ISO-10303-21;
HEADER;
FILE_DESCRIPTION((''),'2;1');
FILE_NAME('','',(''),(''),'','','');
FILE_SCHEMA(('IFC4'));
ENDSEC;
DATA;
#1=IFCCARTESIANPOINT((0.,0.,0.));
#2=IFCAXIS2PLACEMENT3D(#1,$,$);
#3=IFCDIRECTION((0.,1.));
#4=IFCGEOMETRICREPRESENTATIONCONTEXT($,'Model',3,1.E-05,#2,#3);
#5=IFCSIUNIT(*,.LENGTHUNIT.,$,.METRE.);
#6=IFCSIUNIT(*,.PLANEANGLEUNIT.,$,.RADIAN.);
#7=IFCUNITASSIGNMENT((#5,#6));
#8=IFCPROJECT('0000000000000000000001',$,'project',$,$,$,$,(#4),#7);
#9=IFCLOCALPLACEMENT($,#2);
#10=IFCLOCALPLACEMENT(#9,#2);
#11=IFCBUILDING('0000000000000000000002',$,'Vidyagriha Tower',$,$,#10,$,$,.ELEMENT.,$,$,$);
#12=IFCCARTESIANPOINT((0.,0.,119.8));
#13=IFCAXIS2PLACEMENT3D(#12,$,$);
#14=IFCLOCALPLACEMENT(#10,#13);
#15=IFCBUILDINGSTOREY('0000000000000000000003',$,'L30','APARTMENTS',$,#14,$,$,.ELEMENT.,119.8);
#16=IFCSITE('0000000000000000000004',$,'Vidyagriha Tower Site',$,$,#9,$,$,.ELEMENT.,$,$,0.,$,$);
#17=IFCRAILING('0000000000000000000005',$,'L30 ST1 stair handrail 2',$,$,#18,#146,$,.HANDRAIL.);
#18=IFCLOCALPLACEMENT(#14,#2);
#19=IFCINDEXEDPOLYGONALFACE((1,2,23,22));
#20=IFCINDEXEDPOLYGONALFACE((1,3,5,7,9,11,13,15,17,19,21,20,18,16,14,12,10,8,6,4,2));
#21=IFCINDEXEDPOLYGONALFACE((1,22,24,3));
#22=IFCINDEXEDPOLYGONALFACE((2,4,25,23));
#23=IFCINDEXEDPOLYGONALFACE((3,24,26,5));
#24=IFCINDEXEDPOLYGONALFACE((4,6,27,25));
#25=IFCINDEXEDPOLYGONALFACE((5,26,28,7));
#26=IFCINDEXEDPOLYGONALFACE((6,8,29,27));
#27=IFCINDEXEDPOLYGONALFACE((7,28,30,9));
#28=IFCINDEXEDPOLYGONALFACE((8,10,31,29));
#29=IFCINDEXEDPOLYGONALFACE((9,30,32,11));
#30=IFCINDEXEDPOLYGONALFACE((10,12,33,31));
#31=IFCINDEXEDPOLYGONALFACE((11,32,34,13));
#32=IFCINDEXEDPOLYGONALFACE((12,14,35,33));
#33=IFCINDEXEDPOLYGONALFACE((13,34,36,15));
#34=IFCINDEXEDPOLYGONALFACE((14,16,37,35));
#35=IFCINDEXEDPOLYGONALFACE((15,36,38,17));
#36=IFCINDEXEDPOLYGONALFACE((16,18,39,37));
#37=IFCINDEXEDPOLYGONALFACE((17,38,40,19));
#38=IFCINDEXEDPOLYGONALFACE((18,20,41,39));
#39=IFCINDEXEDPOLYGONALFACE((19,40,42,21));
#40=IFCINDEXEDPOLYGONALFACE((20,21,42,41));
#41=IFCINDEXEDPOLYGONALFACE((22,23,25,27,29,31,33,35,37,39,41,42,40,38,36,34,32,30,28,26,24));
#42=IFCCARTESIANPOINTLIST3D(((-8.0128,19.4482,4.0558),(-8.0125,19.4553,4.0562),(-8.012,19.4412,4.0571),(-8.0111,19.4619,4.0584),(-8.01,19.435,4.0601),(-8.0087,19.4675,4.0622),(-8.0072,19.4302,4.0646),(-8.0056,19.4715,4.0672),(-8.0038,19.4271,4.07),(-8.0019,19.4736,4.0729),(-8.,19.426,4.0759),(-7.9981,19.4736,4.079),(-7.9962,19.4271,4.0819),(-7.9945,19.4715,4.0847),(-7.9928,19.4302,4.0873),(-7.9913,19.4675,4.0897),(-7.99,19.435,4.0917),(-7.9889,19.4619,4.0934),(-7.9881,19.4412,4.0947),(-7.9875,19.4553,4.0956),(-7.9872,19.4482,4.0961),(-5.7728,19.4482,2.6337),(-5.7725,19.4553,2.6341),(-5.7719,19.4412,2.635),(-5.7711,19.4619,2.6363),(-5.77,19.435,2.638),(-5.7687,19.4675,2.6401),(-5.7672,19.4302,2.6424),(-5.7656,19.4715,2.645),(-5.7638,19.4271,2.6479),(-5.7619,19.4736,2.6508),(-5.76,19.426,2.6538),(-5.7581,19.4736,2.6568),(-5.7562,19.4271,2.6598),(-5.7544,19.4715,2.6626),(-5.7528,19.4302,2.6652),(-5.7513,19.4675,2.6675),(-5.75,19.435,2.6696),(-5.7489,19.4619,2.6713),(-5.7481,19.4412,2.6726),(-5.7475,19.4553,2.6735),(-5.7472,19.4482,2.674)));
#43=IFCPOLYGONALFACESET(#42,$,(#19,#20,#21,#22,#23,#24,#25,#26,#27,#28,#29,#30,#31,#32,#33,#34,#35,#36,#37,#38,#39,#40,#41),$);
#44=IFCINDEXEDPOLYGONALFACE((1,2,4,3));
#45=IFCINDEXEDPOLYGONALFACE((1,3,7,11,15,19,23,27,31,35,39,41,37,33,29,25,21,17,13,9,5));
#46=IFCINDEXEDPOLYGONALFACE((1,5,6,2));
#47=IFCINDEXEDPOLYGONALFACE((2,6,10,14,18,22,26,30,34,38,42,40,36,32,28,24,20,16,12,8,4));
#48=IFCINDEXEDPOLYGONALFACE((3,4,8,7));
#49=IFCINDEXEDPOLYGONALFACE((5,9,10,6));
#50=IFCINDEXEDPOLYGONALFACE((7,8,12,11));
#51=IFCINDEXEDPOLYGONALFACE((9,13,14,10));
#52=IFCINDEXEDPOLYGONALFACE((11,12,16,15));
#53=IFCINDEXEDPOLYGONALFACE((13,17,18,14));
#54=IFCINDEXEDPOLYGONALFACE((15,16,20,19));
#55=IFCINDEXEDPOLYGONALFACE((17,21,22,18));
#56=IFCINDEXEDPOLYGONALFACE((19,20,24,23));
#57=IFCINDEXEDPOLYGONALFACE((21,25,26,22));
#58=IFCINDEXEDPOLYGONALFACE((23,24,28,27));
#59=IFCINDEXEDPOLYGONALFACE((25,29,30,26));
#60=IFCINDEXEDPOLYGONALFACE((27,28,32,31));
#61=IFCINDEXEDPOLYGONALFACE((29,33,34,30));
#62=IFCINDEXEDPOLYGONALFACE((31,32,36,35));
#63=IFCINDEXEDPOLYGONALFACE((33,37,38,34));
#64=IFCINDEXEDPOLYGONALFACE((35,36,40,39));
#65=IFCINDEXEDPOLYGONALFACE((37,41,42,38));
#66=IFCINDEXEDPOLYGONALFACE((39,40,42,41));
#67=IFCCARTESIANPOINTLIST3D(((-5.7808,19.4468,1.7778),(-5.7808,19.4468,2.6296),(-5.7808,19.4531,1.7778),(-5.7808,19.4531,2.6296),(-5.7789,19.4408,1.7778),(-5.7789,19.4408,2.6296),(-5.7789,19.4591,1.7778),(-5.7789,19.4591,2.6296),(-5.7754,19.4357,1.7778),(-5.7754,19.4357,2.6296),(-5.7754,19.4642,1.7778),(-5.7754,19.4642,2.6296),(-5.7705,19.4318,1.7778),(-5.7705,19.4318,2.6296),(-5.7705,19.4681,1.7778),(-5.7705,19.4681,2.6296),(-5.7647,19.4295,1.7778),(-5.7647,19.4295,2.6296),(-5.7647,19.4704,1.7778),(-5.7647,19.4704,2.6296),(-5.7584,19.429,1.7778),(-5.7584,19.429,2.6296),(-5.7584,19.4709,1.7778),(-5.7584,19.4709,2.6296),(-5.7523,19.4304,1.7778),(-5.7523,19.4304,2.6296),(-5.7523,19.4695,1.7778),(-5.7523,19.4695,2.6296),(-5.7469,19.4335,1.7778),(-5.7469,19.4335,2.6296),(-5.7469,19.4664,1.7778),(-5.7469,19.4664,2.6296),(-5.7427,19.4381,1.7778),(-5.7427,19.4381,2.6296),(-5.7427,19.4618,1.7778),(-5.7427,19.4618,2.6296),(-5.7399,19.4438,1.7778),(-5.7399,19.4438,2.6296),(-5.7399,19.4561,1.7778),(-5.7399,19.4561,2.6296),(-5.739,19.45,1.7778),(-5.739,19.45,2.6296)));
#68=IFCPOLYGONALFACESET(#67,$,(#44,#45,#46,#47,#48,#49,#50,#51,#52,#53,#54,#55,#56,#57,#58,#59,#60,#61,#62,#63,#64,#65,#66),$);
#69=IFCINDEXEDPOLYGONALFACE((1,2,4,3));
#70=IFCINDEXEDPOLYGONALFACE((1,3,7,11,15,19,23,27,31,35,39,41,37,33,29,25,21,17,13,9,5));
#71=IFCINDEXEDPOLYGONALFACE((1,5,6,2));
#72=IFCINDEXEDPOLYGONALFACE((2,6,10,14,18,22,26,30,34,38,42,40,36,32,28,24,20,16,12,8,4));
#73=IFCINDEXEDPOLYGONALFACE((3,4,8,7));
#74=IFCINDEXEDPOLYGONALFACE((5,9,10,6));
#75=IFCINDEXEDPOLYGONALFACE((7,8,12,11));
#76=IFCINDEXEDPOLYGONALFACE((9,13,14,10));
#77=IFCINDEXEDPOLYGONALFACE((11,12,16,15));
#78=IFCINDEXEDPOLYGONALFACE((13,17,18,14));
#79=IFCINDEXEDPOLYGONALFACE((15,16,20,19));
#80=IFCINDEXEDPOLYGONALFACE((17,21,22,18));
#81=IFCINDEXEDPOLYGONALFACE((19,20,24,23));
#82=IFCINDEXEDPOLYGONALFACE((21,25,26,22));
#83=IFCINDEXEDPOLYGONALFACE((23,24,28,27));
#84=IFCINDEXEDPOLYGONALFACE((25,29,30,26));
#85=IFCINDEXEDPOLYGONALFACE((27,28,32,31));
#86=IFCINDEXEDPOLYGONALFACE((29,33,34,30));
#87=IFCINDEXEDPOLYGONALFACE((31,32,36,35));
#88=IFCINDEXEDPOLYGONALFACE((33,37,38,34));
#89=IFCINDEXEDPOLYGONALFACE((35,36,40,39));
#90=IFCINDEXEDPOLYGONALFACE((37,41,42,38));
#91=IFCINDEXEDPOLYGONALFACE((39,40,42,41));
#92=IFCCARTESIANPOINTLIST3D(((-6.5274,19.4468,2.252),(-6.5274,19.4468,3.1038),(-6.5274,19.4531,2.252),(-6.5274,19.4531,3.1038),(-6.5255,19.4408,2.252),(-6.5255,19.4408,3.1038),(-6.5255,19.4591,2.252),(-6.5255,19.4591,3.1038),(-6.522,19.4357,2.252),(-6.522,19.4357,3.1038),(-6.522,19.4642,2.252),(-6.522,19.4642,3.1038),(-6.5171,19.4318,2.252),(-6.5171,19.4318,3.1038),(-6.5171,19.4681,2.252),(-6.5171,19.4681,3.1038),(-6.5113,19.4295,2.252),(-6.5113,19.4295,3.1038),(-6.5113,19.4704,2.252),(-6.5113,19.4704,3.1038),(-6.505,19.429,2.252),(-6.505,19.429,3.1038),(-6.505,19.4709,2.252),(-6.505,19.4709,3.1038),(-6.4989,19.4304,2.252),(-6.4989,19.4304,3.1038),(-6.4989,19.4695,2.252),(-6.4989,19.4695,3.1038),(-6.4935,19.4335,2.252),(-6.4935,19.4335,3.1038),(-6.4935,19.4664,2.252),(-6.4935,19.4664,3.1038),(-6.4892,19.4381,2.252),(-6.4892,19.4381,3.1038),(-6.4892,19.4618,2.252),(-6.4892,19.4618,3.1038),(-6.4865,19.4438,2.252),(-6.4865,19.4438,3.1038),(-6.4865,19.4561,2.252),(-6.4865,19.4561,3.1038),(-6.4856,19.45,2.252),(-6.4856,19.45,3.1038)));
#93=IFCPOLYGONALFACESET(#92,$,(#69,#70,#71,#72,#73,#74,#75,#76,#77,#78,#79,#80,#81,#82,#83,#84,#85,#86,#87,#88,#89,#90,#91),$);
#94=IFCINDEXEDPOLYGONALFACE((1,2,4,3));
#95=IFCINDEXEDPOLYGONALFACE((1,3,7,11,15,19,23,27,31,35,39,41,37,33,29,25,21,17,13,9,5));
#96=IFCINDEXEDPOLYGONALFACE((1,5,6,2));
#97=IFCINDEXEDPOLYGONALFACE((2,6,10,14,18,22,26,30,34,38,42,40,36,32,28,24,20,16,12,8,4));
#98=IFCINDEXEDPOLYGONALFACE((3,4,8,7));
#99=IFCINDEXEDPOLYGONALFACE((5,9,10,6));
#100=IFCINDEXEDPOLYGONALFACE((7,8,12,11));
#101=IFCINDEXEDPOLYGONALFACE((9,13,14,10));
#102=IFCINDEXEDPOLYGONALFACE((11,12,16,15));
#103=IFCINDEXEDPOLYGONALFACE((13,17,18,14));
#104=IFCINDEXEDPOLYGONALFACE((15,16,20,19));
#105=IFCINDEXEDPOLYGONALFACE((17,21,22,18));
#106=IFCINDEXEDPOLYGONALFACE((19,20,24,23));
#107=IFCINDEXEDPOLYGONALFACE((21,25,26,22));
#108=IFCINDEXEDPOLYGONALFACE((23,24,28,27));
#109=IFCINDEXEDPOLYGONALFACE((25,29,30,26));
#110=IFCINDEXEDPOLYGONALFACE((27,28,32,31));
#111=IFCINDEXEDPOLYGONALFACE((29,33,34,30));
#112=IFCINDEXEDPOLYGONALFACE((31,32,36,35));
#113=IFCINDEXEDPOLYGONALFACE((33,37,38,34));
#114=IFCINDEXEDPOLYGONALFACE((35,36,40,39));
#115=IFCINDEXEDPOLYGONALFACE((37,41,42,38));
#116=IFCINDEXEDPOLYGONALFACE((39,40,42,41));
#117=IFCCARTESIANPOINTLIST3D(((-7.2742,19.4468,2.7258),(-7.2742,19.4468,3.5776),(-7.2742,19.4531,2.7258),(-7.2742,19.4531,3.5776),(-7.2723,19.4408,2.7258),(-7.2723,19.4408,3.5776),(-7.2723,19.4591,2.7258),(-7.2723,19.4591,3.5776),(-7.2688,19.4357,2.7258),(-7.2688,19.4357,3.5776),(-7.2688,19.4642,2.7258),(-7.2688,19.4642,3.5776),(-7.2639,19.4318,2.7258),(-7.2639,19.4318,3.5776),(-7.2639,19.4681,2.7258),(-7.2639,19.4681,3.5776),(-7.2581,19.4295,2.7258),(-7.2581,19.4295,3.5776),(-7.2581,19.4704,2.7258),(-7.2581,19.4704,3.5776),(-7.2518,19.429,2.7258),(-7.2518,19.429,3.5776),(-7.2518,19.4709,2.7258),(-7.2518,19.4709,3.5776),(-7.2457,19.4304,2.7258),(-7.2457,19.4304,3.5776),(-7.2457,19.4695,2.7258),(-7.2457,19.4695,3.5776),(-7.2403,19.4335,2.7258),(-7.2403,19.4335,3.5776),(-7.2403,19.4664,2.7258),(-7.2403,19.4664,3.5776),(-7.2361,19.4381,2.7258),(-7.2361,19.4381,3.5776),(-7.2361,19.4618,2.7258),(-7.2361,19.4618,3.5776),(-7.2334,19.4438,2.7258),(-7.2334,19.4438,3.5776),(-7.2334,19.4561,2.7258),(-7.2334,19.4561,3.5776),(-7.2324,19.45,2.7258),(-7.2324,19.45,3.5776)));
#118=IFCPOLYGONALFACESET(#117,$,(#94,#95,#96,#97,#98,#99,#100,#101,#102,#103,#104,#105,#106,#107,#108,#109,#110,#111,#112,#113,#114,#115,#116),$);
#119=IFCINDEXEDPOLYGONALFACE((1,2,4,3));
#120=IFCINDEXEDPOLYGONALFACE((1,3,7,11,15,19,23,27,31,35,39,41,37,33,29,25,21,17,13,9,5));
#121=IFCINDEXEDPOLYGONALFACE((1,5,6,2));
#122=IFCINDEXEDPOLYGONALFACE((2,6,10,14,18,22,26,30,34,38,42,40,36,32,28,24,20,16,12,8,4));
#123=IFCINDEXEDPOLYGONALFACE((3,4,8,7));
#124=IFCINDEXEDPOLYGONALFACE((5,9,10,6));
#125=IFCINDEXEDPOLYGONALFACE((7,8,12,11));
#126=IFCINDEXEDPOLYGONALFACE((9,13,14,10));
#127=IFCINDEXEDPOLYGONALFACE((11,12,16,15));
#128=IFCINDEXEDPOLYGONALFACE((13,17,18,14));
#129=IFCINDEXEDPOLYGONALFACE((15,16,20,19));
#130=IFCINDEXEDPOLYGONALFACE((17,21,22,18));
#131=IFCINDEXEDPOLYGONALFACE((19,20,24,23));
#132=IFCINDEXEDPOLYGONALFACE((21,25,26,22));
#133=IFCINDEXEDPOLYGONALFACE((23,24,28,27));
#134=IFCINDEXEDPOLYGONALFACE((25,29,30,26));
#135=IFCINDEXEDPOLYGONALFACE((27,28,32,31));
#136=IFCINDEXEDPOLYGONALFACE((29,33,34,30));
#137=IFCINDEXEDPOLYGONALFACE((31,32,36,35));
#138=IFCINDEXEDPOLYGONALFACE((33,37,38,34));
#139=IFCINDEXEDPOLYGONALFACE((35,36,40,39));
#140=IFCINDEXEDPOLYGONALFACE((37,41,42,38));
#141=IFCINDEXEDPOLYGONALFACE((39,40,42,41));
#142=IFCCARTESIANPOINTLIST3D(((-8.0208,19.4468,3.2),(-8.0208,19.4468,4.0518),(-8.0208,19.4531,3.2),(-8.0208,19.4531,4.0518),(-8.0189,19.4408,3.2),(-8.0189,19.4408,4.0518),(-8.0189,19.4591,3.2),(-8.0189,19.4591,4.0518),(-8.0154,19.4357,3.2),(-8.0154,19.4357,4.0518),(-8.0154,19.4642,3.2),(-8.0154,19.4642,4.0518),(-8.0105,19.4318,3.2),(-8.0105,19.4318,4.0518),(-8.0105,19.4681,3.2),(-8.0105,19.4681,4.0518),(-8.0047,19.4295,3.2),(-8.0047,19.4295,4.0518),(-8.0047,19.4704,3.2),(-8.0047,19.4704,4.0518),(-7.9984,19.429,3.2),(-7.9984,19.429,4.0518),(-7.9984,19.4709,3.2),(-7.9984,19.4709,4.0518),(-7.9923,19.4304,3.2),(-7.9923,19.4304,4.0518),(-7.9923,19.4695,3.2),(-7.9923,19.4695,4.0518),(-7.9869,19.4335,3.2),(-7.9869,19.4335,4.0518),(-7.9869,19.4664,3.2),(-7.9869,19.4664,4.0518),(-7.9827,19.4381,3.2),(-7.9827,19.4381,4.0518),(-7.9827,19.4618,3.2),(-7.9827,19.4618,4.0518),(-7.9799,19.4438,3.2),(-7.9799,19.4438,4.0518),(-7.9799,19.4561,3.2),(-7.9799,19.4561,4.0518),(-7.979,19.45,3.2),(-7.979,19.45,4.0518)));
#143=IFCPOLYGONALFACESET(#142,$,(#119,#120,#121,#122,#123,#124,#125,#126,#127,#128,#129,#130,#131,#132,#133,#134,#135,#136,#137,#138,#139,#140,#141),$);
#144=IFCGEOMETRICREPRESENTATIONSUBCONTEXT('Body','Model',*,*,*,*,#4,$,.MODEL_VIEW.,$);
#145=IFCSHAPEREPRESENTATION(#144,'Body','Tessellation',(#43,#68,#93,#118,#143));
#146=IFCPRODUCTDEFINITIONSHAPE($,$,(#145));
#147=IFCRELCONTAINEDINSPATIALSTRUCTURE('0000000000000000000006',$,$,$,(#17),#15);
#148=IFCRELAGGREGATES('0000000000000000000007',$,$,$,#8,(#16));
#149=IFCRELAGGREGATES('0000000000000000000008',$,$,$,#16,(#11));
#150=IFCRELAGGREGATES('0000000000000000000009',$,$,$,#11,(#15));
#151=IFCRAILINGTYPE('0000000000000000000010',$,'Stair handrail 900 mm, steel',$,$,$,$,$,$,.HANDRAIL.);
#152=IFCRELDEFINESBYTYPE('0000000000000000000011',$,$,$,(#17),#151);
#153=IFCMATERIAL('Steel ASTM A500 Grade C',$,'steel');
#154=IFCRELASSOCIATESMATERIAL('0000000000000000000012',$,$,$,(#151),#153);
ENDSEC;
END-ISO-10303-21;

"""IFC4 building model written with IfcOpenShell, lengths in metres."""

from ifc_helpers import new_model, si_unit, direction, frame, origin, origin_2d, place, context, subcontext, project, spatial, circle, extrude, material, type_object, element, save


model = new_model("IFC4")

# Units and contexts
model_context = context("Model", 3, precision=1e-05, world=origin(), true_north=direction((0.0, 1.0)))
body_context = subcontext(model_context, "Body", "Model", "MODEL_VIEW")
ifc_project = project(units=[si_unit("LENGTHUNIT", "METRE"), si_unit("PLANEANGLEUNIT", "RADIAN")], contexts=[model_context])

# Site, building, storey
site_placement = place(None, origin())
site = spatial("IfcSite", under=ifc_project, at=site_placement, Name="Vidyagriha Tower Site", CompositionType="ELEMENT", RefElevation=0.0)
building_placement = place(site_placement, origin())
building = spatial("IfcBuilding", under=site, at=building_placement, Name="Vidyagriha Tower", CompositionType="ELEMENT")
storey_placement = place(building_placement, frame((0.0, 0.0, 119.8)))
storey = spatial("IfcBuildingStorey", under=building, at=storey_placement, Name="L30", Description="APARTMENTS", CompositionType="ELEMENT", Elevation=119.8)

# Railing
ifc_material_1 = material(Name="Steel ASTM A500 Grade C", Category="steel")
railing_type_1 = type_object("IfcRailingType", Name="Stair handrail 900 mm, steel", PredefinedType="HANDRAIL", material=ifc_material_1)
railing_1_placement = place(storey_placement, frame((-5.76, 19.45, 1.7778)))
element("IfcRailing", 1, at=railing_1_placement, inside=storey, type_object=railing_type_1, Name="L30 ST1 stair handrail 2", PredefinedType="HANDRAIL", context=body_context, shape_type="SweptSolid", body=[
    extrude(circle(Radius=0.0239, at=origin_2d()), frame((0.0, 0.0, 0.876), z_axis=(-0.844229, 0.0, 0.535982), x_axis=(0.0, -1.0, 0.0)), (0.0, 0.0, 1.0), 2.6533),
    extrude(circle(Radius=0.021, at=origin_2d()), origin(), (0.0, 0.0, 1.0), 0.8518),
    extrude(circle(Radius=0.021, at=origin_2d()), frame((-0.7466, 0.0, 0.4741)), (0.0, 0.0, 1.0), 0.8518),
    extrude(circle(Radius=0.021, at=origin_2d()), frame((-1.4934, 0.0, 0.948)), (0.0, 0.0, 1.0), 0.8518),
    extrude(circle(Radius=0.021, at=origin_2d()), frame((-2.24, 0.0, 1.4221)), (0.0, 0.0, 1.0), 0.8518),
])

save(model, "model.ifc")
